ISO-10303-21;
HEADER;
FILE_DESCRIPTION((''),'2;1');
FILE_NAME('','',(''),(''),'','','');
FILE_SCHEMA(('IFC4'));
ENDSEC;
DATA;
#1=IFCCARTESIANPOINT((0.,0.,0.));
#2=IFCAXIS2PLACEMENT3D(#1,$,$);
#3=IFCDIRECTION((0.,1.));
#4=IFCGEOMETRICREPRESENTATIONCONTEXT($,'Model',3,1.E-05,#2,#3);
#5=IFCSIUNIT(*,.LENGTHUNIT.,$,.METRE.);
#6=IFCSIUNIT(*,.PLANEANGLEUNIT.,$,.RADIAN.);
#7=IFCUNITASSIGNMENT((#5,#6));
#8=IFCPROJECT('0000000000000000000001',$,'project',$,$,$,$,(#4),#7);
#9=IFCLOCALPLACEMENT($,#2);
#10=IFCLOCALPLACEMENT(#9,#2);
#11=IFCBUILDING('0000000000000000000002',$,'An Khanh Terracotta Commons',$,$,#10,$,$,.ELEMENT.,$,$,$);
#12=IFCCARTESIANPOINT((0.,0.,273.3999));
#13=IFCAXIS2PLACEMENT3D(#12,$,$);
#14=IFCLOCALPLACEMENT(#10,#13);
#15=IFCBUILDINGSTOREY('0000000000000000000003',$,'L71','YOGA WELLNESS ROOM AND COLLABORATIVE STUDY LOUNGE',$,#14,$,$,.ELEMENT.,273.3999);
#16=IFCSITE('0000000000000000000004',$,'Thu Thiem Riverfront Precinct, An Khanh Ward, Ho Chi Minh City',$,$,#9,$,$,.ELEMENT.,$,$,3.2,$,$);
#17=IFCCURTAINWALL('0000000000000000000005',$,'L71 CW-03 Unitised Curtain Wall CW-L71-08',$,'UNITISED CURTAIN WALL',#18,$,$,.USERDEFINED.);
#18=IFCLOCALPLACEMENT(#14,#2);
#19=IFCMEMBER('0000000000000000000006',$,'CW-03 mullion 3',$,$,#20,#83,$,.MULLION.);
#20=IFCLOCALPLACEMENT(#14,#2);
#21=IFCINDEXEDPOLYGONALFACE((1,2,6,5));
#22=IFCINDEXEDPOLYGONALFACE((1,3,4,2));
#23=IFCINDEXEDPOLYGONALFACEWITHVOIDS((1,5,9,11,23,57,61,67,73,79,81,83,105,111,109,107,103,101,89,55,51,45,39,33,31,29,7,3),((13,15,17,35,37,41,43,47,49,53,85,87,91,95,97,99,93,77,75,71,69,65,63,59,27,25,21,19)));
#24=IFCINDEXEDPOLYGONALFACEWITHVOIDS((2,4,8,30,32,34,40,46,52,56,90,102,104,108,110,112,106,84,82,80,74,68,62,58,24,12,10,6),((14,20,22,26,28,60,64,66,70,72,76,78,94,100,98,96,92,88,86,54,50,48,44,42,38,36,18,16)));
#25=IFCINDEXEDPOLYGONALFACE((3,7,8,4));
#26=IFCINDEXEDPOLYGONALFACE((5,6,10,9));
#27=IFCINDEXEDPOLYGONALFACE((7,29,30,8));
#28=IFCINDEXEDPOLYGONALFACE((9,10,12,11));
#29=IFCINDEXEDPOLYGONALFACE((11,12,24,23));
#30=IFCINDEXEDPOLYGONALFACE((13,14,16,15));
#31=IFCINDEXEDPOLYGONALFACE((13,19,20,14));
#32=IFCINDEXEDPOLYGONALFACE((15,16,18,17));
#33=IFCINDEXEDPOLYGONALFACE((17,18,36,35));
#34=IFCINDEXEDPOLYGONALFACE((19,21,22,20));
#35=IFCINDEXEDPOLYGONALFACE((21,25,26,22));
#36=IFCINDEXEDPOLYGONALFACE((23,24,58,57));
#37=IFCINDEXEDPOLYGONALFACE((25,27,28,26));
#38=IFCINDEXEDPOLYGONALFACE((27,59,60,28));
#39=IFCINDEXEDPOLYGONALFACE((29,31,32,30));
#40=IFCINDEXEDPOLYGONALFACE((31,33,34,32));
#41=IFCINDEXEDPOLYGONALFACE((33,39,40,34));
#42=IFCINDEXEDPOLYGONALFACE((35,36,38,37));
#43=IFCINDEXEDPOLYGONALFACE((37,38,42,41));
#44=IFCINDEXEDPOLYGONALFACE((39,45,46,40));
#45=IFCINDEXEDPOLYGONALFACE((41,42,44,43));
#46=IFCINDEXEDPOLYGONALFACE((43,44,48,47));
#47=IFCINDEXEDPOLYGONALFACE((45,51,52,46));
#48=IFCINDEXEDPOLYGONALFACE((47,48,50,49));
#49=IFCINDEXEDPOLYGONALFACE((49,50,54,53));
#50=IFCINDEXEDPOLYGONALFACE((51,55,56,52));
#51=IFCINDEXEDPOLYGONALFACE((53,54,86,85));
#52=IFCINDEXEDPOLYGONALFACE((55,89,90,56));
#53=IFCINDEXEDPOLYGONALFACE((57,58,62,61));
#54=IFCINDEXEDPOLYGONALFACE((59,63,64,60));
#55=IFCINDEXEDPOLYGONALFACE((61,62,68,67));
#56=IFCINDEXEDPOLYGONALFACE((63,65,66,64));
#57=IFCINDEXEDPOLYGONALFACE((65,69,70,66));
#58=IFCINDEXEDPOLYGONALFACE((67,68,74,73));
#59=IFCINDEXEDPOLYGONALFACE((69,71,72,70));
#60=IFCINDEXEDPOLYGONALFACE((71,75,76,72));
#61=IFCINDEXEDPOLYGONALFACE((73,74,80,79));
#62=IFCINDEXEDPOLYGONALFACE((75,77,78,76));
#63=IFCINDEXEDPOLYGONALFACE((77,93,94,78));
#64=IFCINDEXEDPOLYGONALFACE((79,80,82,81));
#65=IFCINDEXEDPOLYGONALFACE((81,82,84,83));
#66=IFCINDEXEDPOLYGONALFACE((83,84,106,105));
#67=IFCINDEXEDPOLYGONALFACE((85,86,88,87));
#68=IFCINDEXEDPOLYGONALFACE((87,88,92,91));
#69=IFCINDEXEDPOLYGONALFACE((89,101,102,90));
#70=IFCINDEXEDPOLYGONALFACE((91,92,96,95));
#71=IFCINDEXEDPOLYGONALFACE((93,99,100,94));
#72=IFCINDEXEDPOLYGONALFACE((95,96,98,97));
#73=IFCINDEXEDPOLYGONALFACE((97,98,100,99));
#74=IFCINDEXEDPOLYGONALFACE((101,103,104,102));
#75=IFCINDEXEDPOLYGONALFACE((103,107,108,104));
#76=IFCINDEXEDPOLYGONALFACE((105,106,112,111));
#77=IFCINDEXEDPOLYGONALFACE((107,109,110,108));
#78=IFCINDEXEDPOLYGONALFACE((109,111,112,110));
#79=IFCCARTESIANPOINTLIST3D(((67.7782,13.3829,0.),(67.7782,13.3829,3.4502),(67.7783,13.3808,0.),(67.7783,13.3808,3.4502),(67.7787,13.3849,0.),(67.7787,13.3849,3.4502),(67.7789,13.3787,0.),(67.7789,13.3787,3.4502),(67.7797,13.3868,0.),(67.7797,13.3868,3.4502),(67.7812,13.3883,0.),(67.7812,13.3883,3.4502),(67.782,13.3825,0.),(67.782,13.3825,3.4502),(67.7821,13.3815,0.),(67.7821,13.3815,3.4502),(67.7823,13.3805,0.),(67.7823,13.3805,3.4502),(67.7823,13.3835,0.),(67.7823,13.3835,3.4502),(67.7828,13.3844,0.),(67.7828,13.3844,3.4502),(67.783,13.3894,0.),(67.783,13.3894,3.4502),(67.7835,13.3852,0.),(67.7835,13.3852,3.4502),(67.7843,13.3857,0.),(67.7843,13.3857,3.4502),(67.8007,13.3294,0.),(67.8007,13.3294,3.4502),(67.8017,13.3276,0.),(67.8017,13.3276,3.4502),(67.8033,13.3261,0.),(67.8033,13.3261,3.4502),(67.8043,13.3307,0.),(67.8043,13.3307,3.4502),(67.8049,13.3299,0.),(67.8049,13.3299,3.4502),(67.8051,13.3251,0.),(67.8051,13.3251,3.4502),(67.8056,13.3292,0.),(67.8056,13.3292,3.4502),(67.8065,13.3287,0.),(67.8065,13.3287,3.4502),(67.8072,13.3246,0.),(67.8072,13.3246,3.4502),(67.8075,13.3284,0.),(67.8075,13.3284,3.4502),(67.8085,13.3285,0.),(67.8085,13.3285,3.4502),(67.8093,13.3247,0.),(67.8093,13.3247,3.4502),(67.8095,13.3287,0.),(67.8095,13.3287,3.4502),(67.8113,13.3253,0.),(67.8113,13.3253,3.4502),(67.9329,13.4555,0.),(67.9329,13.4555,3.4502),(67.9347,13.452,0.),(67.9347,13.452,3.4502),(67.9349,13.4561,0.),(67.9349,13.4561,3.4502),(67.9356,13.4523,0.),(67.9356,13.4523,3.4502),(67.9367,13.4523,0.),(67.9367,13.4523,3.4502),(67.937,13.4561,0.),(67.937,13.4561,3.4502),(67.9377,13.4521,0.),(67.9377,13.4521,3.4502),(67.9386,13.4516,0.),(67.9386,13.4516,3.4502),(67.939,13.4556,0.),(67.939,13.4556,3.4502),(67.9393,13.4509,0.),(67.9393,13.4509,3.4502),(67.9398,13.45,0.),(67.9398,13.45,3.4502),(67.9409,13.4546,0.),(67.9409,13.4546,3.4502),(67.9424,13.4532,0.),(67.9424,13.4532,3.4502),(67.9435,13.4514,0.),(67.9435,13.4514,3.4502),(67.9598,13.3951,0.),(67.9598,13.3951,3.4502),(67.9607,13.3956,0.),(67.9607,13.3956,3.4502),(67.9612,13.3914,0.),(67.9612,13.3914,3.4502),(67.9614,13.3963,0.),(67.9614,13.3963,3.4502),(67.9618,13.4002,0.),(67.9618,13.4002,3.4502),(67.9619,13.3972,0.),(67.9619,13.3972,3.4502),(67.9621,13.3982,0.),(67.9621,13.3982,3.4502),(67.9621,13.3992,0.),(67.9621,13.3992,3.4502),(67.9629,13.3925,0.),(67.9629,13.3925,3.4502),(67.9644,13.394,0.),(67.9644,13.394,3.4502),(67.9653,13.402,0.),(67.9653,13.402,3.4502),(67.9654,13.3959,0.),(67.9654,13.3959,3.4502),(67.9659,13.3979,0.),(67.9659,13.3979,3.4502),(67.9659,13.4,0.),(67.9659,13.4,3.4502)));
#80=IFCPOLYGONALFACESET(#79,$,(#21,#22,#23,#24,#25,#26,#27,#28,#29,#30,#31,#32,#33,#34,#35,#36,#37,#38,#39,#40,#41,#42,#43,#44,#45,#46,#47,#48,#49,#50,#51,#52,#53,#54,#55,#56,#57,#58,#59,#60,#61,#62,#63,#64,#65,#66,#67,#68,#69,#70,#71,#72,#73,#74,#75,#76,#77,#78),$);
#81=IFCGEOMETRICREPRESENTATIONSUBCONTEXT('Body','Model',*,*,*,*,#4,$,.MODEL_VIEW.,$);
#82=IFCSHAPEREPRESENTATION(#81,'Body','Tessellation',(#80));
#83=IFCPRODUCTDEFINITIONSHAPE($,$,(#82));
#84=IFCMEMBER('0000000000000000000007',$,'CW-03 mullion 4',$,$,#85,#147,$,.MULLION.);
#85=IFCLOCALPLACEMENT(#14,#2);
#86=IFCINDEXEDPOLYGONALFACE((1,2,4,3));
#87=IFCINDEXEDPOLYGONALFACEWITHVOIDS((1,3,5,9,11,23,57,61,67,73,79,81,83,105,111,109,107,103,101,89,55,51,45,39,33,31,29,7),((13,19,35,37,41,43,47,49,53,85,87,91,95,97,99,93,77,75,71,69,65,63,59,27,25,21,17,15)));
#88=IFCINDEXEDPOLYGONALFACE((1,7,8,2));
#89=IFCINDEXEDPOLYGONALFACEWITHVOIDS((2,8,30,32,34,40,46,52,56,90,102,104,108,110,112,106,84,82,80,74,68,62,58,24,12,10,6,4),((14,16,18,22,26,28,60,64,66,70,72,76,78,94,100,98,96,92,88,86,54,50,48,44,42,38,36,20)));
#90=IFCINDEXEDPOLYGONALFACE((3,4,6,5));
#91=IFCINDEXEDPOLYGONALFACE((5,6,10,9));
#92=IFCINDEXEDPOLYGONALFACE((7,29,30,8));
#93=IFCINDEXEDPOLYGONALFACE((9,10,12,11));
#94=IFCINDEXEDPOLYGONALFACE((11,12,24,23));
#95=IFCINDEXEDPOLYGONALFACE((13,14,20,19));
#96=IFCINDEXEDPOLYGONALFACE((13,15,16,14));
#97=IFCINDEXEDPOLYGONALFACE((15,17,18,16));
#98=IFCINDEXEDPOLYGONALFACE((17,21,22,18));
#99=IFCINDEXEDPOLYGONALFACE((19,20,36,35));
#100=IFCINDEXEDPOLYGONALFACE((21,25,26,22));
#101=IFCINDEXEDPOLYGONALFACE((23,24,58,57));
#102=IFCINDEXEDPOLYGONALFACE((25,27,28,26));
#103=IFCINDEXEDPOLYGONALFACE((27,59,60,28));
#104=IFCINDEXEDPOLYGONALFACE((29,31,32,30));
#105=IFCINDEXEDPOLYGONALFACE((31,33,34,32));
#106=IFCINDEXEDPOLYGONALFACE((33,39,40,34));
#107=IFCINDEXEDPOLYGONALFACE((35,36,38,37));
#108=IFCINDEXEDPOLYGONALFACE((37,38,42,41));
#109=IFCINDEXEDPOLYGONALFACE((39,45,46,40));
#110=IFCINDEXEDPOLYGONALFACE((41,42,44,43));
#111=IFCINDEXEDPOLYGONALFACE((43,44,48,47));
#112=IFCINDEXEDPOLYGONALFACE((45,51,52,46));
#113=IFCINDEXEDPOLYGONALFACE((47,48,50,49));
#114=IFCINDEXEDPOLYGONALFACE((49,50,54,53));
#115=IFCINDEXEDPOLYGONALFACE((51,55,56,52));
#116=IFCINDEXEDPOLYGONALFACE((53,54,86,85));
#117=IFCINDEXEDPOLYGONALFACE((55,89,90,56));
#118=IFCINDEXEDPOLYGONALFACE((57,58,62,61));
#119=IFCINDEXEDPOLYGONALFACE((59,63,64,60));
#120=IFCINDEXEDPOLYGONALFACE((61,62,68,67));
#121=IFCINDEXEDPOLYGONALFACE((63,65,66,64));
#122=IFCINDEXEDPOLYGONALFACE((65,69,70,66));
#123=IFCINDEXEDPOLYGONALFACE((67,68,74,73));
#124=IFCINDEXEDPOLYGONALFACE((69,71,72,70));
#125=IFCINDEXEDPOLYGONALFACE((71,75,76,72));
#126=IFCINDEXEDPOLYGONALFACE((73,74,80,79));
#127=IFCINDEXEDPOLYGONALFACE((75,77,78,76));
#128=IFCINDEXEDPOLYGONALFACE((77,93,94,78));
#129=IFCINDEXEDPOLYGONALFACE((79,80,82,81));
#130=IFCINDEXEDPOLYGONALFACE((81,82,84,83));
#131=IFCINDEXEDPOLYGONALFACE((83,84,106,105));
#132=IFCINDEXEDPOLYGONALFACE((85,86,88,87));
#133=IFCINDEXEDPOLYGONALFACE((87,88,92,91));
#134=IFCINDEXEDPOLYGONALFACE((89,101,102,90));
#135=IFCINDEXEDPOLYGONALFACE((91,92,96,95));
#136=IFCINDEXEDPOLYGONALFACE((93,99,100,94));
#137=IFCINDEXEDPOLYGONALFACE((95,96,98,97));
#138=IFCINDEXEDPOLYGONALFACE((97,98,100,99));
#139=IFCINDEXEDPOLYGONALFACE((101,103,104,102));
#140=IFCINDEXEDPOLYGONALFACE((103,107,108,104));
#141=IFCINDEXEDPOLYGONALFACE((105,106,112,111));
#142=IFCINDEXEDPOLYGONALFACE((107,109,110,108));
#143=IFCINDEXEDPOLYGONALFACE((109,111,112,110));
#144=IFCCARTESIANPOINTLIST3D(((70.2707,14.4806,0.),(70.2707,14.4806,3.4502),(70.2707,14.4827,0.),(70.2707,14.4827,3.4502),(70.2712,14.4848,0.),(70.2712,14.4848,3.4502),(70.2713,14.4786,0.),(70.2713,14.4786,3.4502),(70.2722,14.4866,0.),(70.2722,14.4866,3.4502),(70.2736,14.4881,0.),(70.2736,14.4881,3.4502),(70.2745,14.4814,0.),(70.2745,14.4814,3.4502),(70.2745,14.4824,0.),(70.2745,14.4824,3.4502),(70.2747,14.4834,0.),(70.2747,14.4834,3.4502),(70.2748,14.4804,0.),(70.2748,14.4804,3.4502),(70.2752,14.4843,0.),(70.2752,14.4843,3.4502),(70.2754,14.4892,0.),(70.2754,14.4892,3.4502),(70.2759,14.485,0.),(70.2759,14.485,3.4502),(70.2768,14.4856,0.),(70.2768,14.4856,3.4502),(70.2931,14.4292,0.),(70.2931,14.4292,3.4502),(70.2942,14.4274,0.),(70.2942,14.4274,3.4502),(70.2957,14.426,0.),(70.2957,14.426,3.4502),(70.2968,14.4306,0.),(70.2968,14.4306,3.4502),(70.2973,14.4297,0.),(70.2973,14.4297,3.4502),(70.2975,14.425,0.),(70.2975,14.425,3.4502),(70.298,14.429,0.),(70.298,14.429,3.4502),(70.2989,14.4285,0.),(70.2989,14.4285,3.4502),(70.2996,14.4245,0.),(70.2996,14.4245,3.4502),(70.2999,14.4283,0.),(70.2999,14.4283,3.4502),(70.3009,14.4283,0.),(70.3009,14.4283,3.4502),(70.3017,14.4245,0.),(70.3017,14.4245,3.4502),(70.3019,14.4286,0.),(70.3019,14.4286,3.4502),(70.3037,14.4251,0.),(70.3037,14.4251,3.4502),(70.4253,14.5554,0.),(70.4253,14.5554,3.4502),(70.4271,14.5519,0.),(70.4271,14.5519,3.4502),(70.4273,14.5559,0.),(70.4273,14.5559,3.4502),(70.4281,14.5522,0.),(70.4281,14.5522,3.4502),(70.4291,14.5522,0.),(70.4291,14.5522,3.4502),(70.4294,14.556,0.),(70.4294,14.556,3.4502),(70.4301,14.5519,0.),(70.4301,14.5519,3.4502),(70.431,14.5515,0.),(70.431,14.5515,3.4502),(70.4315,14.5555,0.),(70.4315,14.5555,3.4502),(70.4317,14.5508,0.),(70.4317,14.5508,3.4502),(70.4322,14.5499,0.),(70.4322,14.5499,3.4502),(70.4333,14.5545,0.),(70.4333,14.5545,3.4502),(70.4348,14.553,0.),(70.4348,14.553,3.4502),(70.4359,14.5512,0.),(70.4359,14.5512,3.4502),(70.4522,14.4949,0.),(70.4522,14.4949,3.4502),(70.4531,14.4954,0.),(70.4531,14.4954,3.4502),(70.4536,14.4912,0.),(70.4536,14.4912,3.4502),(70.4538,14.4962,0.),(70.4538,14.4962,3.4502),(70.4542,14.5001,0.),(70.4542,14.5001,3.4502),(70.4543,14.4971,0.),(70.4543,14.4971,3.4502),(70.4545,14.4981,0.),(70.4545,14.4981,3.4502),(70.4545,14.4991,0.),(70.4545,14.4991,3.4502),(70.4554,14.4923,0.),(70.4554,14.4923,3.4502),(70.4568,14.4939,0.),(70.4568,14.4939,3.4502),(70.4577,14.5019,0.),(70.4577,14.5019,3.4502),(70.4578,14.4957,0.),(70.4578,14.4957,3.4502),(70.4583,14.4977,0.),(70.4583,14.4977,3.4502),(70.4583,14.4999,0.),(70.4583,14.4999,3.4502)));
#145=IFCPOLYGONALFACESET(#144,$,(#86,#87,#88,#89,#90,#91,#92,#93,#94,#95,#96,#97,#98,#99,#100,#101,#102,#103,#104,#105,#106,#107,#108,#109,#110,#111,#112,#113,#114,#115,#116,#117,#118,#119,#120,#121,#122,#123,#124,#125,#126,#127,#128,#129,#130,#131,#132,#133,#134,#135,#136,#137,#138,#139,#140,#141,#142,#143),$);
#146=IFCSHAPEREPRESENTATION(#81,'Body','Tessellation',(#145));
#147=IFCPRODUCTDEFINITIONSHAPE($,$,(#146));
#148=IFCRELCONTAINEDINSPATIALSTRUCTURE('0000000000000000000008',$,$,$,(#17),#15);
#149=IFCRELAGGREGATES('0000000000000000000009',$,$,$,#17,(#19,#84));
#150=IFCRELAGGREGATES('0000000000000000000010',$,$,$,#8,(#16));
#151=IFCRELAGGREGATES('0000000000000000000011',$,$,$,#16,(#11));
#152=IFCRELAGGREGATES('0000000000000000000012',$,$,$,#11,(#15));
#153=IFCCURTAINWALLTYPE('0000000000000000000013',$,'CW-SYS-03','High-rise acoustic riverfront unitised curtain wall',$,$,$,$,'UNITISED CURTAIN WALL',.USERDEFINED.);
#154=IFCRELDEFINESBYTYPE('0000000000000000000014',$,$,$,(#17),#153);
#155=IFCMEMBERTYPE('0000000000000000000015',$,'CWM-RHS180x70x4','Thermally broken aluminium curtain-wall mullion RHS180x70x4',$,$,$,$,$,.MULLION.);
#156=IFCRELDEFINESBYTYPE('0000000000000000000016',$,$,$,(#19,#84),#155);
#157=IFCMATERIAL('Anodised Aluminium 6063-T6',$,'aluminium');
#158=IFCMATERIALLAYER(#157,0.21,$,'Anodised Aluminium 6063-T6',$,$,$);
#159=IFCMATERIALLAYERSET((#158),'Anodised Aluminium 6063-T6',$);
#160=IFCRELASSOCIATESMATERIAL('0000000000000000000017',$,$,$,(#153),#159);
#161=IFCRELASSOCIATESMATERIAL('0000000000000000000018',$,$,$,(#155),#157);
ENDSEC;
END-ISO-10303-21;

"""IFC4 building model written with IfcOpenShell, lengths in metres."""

from ifc_helpers import new_model, si_unit, direction, frame, origin, origin_2d, place, context, subcontext, project, spatial, hollow_rectangle, extrude, material, layer, layer_set, material_profile, profile_set, type_object, element, aggregate, save


model = new_model("IFC4")

# Units and contexts
model_context = context("Model", 3, precision=1e-05, world=origin(), true_north=direction((0.0, 1.0)))
body_context = subcontext(model_context, "Body", "Model", "MODEL_VIEW")
ifc_project = project(units=[si_unit("LENGTHUNIT", "METRE"), si_unit("PLANEANGLEUNIT", "RADIAN")], contexts=[model_context])

# Site, building, storey
site_placement = place(None, origin())
site = spatial("IfcSite", under=ifc_project, at=site_placement, Name="Thu Thiem Riverfront Precinct, An Khanh Ward, Ho Chi Minh City", CompositionType="ELEMENT", RefElevation=3.2)
building_placement = place(site_placement, origin())
building = spatial("IfcBuilding", under=site, at=building_placement, Name="An Khanh Terracotta Commons", CompositionType="ELEMENT")
storey_placement = place(building_placement, frame((0.0, 0.0, 273.3999)))
storey = spatial("IfcBuildingStorey", under=building, at=storey_placement, Name="L71", Description="YOGA WELLNESS ROOM AND COLLABORATIVE STUDY LOUNGE", CompositionType="ELEMENT", Elevation=273.3999)

# Curtain wall, members
ifc_material_1 = material(Name="Anodised Aluminium 6063-T6", Category="aluminium")
ifc_layer_1 = layer(ifc_material_1, 0.21, Name="Anodised Aluminium 6063-T6")
ifc_layer_set_1 = layer_set([ifc_layer_1], Name="Anodised Aluminium 6063-T6")
curtain_wall_type = type_object("IfcCurtainWallType", Name="CW-SYS-03", Description="High-rise acoustic riverfront unitised curtain wall", ElementType="UNITISED CURTAIN WALL", PredefinedType="USERDEFINED", material=ifc_layer_set_1)
curtain_wall_1_placement = place(storey_placement, origin())
curtain_wall_1 = element("IfcCurtainWall", 1, at=curtain_wall_1_placement, inside=storey, type_object=curtain_wall_type, Name="L71 CW-03 Unitised Curtain Wall CW-L71-08", ObjectType="UNITISED CURTAIN WALL", PredefinedType="USERDEFINED")
ifc_material_profile_1 = material_profile(ifc_material_1, hollow_rectangle(XDim=0.0701, YDim=0.1799, WallThickness=0.0039, InnerFilletRadius=0.0039, OuterFilletRadius=0.0081, at=origin_2d()), Name="RHS180x70x4")
ifc_profile_set_1 = profile_set([ifc_material_profile_1], Name="Anodised Aluminium 6063-T6")
member_type_1 = type_object("IfcMemberType", Name="CWM-RHS180x70x4", Description="Thermally broken aluminium curtain-wall mullion RHS180x70x4", PredefinedType="MULLION", material=ifc_profile_set_1)
member_1_placement = place(storey_placement, frame((67.8721, 13.3904, 0.0), z_axis=(0.0, 0.0, 1.0), x_axis=(-0.403676, 0.914902, 0.0)))
member_1 = element("IfcMember", 2, at=member_1_placement, type_object=member_type_1, Name="CW-03 mullion 3", PredefinedType="MULLION", context=body_context, shape_type="SweptSolid", body=[
    extrude(hollow_rectangle(XDim=0.0701, YDim=0.1799, WallThickness=0.0039, InnerFilletRadius=0.0039, OuterFilletRadius=0.0081, at=origin_2d()), origin(), (0.0, 0.0, 1.0), 3.4502),
])
member_2_placement = place(storey_placement, frame((70.3645, 14.4902, 0.0), z_axis=(0.0, 0.0, 1.0), x_axis=(-0.403676, 0.914902, 0.0)))
member_2 = element("IfcMember", 3, at=member_2_placement, type_object=member_type_1, Name="CW-03 mullion 4", PredefinedType="MULLION", context=body_context, shape_type="SweptSolid", body=[
    extrude(hollow_rectangle(XDim=0.0701, YDim=0.1799, WallThickness=0.0039, InnerFilletRadius=0.0039, OuterFilletRadius=0.0081, at=origin_2d()), origin(), (0.0, 0.0, 1.0), 3.4502),
])

aggregate(curtain_wall_1, [member_1, member_2])

save(model, "model.ifc")
